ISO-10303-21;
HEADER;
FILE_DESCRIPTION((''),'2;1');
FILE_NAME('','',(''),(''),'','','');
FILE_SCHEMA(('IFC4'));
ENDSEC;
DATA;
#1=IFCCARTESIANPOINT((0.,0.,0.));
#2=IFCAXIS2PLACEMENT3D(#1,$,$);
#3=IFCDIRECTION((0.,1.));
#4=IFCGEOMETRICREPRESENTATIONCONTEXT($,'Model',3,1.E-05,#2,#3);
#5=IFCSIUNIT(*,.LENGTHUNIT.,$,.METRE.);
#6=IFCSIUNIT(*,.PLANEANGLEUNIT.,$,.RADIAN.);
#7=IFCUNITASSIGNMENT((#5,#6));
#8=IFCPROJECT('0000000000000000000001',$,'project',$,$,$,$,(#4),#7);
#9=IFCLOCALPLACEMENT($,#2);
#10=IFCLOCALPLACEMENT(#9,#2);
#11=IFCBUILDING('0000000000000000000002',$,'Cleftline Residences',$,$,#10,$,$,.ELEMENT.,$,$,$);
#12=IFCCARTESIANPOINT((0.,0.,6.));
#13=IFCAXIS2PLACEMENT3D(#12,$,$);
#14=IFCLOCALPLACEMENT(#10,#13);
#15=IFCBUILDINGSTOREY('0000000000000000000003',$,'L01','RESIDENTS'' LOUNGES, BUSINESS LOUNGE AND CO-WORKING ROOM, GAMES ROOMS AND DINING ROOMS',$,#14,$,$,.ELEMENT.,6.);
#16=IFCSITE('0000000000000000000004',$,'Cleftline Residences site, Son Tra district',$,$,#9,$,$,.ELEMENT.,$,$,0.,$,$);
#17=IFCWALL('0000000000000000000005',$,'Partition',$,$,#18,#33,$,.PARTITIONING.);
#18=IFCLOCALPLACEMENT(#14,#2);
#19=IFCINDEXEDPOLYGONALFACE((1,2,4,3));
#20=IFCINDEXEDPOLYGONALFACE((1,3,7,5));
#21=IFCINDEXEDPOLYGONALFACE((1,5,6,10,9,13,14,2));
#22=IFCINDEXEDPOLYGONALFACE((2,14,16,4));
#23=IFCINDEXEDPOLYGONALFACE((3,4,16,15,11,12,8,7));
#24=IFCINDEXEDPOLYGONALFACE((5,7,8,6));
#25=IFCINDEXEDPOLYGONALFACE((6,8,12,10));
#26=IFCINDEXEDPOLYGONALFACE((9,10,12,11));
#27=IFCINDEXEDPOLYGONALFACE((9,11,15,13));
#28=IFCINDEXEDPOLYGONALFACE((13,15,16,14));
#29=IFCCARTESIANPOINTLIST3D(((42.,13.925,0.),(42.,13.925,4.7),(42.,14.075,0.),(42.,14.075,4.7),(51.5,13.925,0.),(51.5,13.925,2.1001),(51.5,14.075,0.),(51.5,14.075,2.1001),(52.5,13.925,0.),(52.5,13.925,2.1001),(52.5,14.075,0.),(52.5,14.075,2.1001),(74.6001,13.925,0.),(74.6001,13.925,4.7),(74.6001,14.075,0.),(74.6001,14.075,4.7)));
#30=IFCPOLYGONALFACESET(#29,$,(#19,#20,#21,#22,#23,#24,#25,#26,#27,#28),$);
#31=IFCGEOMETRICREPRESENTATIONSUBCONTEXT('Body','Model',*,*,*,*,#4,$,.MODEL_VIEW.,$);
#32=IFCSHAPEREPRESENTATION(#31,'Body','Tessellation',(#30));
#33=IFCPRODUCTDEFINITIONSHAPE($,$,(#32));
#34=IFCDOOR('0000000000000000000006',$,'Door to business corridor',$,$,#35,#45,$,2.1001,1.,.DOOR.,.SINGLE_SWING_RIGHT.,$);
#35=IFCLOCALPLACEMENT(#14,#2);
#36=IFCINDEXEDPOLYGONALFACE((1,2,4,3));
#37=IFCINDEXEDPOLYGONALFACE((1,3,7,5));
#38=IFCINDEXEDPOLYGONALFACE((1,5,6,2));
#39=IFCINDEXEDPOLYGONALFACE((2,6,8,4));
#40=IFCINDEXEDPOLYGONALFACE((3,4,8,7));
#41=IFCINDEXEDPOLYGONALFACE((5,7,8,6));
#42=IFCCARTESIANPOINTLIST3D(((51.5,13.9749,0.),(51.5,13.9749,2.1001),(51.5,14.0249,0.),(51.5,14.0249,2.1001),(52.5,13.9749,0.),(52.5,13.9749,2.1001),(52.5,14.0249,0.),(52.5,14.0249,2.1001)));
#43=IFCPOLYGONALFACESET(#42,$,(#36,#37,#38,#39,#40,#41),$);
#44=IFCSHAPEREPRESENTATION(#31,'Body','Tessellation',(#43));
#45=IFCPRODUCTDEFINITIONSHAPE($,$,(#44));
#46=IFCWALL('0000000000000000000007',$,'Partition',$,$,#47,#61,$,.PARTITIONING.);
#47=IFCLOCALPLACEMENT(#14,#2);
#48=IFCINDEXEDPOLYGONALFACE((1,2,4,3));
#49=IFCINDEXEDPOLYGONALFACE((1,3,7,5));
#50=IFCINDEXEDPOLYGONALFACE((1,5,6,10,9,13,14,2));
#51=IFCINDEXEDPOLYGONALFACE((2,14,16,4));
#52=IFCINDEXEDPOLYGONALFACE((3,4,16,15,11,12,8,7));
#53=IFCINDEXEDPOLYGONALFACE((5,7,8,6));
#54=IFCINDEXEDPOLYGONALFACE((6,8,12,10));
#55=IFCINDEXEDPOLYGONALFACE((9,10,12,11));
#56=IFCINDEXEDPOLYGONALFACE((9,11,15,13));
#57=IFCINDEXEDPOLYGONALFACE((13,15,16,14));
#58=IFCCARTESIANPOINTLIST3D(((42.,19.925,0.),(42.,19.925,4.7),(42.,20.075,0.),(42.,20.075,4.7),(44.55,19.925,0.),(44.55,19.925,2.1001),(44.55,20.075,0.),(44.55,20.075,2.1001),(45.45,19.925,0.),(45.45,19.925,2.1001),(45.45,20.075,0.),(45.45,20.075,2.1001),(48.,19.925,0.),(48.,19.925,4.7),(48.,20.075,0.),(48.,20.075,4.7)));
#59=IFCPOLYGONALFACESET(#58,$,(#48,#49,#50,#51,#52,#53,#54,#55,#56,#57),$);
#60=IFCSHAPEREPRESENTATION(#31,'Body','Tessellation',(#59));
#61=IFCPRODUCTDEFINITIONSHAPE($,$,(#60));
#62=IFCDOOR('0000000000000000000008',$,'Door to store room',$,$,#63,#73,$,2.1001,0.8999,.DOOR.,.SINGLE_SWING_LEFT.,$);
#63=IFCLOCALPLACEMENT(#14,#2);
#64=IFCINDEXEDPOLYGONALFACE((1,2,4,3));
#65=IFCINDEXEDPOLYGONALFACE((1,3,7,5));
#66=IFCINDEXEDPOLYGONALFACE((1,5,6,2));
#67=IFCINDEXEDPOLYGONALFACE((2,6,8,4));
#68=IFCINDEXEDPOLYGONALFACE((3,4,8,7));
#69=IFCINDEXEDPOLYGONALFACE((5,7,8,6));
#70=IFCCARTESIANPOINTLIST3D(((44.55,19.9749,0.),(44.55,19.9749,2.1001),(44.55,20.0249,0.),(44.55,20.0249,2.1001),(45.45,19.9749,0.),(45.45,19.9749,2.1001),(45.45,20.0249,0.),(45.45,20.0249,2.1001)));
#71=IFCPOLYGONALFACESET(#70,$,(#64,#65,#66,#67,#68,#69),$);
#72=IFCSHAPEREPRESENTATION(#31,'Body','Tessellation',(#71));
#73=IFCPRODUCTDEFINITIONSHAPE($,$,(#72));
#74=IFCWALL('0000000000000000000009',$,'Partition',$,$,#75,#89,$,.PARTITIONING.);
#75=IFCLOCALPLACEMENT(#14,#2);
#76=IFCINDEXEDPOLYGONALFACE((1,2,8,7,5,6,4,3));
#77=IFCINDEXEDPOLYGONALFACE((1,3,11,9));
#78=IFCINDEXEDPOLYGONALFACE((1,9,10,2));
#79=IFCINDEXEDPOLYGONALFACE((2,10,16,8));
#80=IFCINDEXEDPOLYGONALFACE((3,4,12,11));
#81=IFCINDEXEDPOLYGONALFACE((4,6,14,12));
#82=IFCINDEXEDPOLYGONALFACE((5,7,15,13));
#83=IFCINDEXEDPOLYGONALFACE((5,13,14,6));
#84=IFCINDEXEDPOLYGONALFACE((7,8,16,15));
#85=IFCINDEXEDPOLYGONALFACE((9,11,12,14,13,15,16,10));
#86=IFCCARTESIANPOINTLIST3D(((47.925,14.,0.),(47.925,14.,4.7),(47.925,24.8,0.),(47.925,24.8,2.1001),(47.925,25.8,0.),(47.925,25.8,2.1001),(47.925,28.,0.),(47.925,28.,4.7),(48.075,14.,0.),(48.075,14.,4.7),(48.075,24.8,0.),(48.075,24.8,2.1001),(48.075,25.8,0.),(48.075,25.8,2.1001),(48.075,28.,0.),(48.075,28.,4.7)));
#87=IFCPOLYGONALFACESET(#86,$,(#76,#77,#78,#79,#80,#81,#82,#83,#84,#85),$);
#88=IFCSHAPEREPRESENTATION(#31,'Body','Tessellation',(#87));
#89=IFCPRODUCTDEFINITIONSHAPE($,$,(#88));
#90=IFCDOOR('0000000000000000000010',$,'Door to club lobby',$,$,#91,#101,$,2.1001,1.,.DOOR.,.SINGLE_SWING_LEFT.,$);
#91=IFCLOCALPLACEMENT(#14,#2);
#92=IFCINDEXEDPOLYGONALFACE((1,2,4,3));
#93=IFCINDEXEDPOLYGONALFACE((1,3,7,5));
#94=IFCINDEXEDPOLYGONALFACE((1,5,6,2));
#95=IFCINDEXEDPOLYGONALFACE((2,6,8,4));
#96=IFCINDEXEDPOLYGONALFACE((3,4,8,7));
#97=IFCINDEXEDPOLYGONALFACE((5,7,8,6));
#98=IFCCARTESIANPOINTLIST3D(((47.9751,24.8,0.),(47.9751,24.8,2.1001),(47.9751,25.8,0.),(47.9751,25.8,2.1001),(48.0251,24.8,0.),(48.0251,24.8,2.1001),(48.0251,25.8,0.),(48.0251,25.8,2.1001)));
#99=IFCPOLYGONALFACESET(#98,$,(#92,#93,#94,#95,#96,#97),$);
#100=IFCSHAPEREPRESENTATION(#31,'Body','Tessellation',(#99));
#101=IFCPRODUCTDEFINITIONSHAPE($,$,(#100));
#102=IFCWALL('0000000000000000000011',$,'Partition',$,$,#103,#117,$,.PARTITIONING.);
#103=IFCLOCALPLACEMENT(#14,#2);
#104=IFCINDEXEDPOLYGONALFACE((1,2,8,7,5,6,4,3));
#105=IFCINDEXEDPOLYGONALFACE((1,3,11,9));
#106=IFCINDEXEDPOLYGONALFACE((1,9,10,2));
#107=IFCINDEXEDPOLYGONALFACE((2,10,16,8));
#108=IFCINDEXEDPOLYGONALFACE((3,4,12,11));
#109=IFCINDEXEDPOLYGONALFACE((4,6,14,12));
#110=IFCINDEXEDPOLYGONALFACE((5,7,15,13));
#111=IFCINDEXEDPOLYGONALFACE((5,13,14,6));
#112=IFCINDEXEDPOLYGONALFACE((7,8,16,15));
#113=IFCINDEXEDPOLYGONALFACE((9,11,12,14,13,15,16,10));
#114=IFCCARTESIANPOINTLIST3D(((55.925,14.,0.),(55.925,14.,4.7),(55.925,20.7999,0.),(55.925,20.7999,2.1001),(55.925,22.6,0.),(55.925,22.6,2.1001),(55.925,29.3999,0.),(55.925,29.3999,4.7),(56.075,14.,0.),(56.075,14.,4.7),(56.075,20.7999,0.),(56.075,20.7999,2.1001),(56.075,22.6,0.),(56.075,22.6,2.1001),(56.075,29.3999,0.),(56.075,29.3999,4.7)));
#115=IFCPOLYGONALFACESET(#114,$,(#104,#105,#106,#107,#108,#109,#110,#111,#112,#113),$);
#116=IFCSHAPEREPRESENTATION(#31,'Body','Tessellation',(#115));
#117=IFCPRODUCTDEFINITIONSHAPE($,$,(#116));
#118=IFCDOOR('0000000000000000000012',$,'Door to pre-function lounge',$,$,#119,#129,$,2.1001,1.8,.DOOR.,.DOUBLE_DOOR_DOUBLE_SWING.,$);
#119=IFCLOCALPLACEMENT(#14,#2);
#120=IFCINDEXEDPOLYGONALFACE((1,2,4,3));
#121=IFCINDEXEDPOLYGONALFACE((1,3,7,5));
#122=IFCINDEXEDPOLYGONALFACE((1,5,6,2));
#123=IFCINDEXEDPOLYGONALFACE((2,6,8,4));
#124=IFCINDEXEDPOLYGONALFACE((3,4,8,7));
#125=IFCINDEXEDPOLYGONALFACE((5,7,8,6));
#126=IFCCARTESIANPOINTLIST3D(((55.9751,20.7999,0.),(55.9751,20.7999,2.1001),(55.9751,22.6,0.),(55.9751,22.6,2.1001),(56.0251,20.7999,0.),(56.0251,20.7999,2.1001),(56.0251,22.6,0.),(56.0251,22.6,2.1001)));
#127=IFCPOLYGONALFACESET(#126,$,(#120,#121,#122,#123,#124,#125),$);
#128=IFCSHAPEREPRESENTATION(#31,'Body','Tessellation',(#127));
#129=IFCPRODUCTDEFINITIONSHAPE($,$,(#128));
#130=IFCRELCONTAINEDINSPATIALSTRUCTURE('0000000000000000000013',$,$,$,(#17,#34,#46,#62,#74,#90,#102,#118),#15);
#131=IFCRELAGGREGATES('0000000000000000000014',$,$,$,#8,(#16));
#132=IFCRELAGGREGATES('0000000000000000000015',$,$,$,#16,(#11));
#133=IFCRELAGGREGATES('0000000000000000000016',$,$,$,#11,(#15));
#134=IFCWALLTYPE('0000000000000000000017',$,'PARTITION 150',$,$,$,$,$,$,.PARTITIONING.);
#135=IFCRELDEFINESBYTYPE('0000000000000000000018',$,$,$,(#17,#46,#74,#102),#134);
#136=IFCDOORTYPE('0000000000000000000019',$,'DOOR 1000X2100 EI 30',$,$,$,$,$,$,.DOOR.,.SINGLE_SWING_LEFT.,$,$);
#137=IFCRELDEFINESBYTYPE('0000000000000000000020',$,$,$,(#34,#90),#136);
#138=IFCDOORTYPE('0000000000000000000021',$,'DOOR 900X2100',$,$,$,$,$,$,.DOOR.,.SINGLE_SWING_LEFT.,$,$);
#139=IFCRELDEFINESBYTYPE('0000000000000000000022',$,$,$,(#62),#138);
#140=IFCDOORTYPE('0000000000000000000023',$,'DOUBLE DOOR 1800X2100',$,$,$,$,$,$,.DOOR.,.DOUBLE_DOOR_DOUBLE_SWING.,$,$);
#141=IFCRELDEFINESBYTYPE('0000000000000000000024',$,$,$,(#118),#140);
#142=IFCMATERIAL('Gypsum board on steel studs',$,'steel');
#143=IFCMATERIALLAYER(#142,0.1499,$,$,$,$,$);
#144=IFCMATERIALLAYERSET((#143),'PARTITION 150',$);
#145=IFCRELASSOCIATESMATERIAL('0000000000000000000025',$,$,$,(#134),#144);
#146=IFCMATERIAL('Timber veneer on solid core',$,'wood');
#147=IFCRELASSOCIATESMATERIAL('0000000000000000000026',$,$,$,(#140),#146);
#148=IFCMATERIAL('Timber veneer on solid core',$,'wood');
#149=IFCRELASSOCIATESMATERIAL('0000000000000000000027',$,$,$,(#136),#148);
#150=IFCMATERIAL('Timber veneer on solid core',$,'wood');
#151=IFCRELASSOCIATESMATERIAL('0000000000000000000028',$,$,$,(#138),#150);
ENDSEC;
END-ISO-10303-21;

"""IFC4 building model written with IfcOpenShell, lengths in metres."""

from ifc_helpers import new_model, si_unit, direction, frame, frame_2d, origin, place, context, subcontext, project, spatial, rectangle, extrude, material, layer, layer_set, type_object, element, fill, save


model = new_model("IFC4")

# Units and contexts
model_context = context("Model", 3, precision=1e-05, world=origin(), true_north=direction((0.0, 1.0)))
body_context = subcontext(model_context, "Body", "Model", "MODEL_VIEW")
ifc_project = project(units=[si_unit("LENGTHUNIT", "METRE"), si_unit("PLANEANGLEUNIT", "RADIAN")], contexts=[model_context])

# Site, building, storey
site_placement = place(None, origin())
site = spatial("IfcSite", under=ifc_project, at=site_placement, Name="Cleftline Residences site, Son Tra district", CompositionType="ELEMENT", RefElevation=0.0)
building_placement = place(site_placement, origin())
building = spatial("IfcBuilding", under=site, at=building_placement, Name="Cleftline Residences", CompositionType="ELEMENT")
storey_placement = place(building_placement, frame((0.0, 0.0, 6.0)))
storey = spatial("IfcBuildingStorey", under=building, at=storey_placement, Name="L01", Description="RESIDENTS' LOUNGES, BUSINESS LOUNGE AND CO-WORKING ROOM, GAMES ROOMS AND DINING ROOMS", CompositionType="ELEMENT", Elevation=6.0)

# Walls, openings, doors
ifc_material_1 = material(Name="Gypsum board on steel studs", Category="steel")
ifc_layer = layer(ifc_material_1, 0.1499)
ifc_layer_set = layer_set([ifc_layer], Name="PARTITION 150")
wall_type = type_object("IfcWallType", Name="PARTITION 150", PredefinedType="PARTITIONING", material=ifc_layer_set)
ifc_material_2 = material(Name="Timber veneer on solid core", Category="wood")
door_type_1 = type_object("IfcDoorType", Name="DOUBLE DOOR 1800X2100", OperationType="DOUBLE_DOOR_DOUBLE_SWING", PredefinedType="DOOR", material=ifc_material_2)
wall_1_placement = place(storey_placement, frame((42.0, 14.0, 0.0), z_axis=(0.0, 0.0, 1.0), x_axis=(1.0, 0.0, 0.0)))
wall_1 = element("IfcWall", 1, at=wall_1_placement, inside=storey, type_object=wall_type, Name="Partition", PredefinedType="PARTITIONING", context=body_context, shape_type="SweptSolid", body=[
    extrude(rectangle(XDim=32.6001, YDim=0.1499, at=frame_2d((16.3, 0.0))), origin(), (0.0, 0.0, 1.0), 4.7),
])
opening_1_placement = place(wall_1_placement, frame((9.5, 0.0, 0.0)))
opening_1 = element("IfcOpeningElement", 2, at=opening_1_placement, cuts=wall_1, PredefinedType="OPENING", context=body_context, shape_type="SweptSolid", body=[
    extrude(rectangle(XDim=1.0, YDim=2.1001, at=frame_2d((0.5, 1.05))), frame((0.0, 0.085, 0.0), z_axis=(0.0, -1.0, 0.0), x_axis=(1.0, 0.0, 0.0)), (0.0, 0.0, 1.0), 0.1699),
])
ifc_material_3 = material(Name="Timber veneer on solid core", Category="wood")
door_type_2 = type_object("IfcDoorType", Name="DOOR 1000X2100 EI 30", OperationType="SINGLE_SWING_LEFT", PredefinedType="DOOR", material=ifc_material_3)
door_1_placement = place(opening_1_placement, origin())
door_1 = element("IfcDoor", 3, at=door_1_placement, inside=storey, type_object=door_type_2, Name="Door to business corridor", OperationType="SINGLE_SWING_RIGHT", OverallHeight=2.1001, OverallWidth=1.0, PredefinedType="DOOR", context=body_context, shape_type="SweptSolid", body=[
    extrude(rectangle(XDim=1.0, YDim=2.1001, at=frame_2d((0.5, 1.05))), frame((0.0, 0.0249, 0.0), z_axis=(0.0, -1.0, 0.0), x_axis=(1.0, 0.0, 0.0)), (0.0, 0.0, 1.0), 0.05),
])
fill(opening_1, door_1)
wall_2_placement = place(storey_placement, frame((42.0, 20.0, 0.0), z_axis=(0.0, 0.0, 1.0), x_axis=(1.0, 0.0, 0.0)))
wall_2 = element("IfcWall", 4, at=wall_2_placement, inside=storey, type_object=wall_type, Name="Partition", PredefinedType="PARTITIONING", context=body_context, shape_type="SweptSolid", body=[
    extrude(rectangle(XDim=6.0, YDim=0.1499, at=frame_2d((3.0, 0.0))), origin(), (0.0, 0.0, 1.0), 4.7),
])
opening_2_placement = place(wall_2_placement, frame((2.55, 0.0, 0.0)))
opening_2 = element("IfcOpeningElement", 5, at=opening_2_placement, cuts=wall_2, PredefinedType="OPENING", context=body_context, shape_type="SweptSolid", body=[
    extrude(rectangle(XDim=0.8999, YDim=2.1001, at=frame_2d((0.45, 1.05))), frame((0.0, 0.085, 0.0), z_axis=(0.0, -1.0, 0.0), x_axis=(1.0, 0.0, 0.0)), (0.0, 0.0, 1.0), 0.1699),
])
ifc_material_4 = material(Name="Timber veneer on solid core", Category="wood")
door_type_3 = type_object("IfcDoorType", Name="DOOR 900X2100", OperationType="SINGLE_SWING_LEFT", PredefinedType="DOOR", material=ifc_material_4)
door_2_placement = place(opening_2_placement, origin())
door_2 = element("IfcDoor", 6, at=door_2_placement, inside=storey, type_object=door_type_3, Name="Door to store room", OperationType="SINGLE_SWING_LEFT", OverallHeight=2.1001, OverallWidth=0.8999, PredefinedType="DOOR", context=body_context, shape_type="SweptSolid", body=[
    extrude(rectangle(XDim=0.8999, YDim=2.1001, at=frame_2d((0.45, 1.05))), frame((0.0, 0.0249, 0.0), z_axis=(0.0, -1.0, 0.0), x_axis=(1.0, 0.0, 0.0)), (0.0, 0.0, 1.0), 0.05),
])
fill(opening_2, door_2)
wall_3_placement = place(storey_placement, frame((48.0, 14.0, 0.0), z_axis=(0.0, 0.0, 1.0), x_axis=(0.0, 1.0, 0.0)))
wall_3 = element("IfcWall", 7, at=wall_3_placement, inside=storey, type_object=wall_type, Name="Partition", PredefinedType="PARTITIONING", context=body_context, shape_type="SweptSolid", body=[
    extrude(rectangle(XDim=14.0, YDim=0.1499, at=frame_2d((7.0, 0.0))), origin(), (0.0, 0.0, 1.0), 4.7),
])
opening_3_placement = place(wall_3_placement, frame((10.8, 0.0, 0.0)))
opening_3 = element("IfcOpeningElement", 8, at=opening_3_placement, cuts=wall_3, PredefinedType="OPENING", context=body_context, shape_type="SweptSolid", body=[
    extrude(rectangle(XDim=1.0, YDim=2.1001, at=frame_2d((0.5, 1.05))), frame((0.0, 0.085, 0.0), z_axis=(0.0, -1.0, 0.0), x_axis=(1.0, 0.0, 0.0)), (0.0, 0.0, 1.0), 0.1699),
])
door_3_placement = place(opening_3_placement, origin())
door_3 = element("IfcDoor", 9, at=door_3_placement, inside=storey, type_object=door_type_2, Name="Door to club lobby", OperationType="SINGLE_SWING_LEFT", OverallHeight=2.1001, OverallWidth=1.0, PredefinedType="DOOR", context=body_context, shape_type="SweptSolid", body=[
    extrude(rectangle(XDim=1.0, YDim=2.1001, at=frame_2d((0.5, 1.05))), frame((0.0, 0.0249, 0.0), z_axis=(0.0, -1.0, 0.0), x_axis=(1.0, 0.0, 0.0)), (0.0, 0.0, 1.0), 0.05),
])
fill(opening_3, door_3)
wall_4_placement = place(storey_placement, frame((56.0, 14.0, 0.0), z_axis=(0.0, 0.0, 1.0), x_axis=(0.0, 1.0, 0.0)))
wall_4 = element("IfcWall", 10, at=wall_4_placement, inside=storey, type_object=wall_type, Name="Partition", PredefinedType="PARTITIONING", context=body_context, shape_type="SweptSolid", body=[
    extrude(rectangle(XDim=15.3999, YDim=0.1499, at=frame_2d((7.7, 0.0))), origin(), (0.0, 0.0, 1.0), 4.7),
])
opening_4_placement = place(wall_4_placement, frame((6.8, 0.0, 0.0)))
opening_4 = element("IfcOpeningElement", 11, at=opening_4_placement, cuts=wall_4, PredefinedType="OPENING", context=body_context, shape_type="SweptSolid", body=[
    extrude(rectangle(XDim=1.8, YDim=2.1001, at=frame_2d((0.8999, 1.05))), frame((0.0, 0.085, 0.0), z_axis=(0.0, -1.0, 0.0), x_axis=(1.0, 0.0, 0.0)), (0.0, 0.0, 1.0), 0.1699),
])
door_4_placement = place(opening_4_placement, origin())
door_4 = element("IfcDoor", 12, at=door_4_placement, inside=storey, type_object=door_type_1, Name="Door to pre-function lounge", OperationType="DOUBLE_DOOR_DOUBLE_SWING", OverallHeight=2.1001, OverallWidth=1.8, PredefinedType="DOOR", context=body_context, shape_type="SweptSolid", body=[
    extrude(rectangle(XDim=1.8, YDim=2.1001, at=frame_2d((0.8999, 1.05))), frame((0.0, 0.0249, 0.0), z_axis=(0.0, -1.0, 0.0), x_axis=(1.0, 0.0, 0.0)), (0.0, 0.0, 1.0), 0.05),
])
fill(opening_4, door_4)

save(model, "model.ifc")
